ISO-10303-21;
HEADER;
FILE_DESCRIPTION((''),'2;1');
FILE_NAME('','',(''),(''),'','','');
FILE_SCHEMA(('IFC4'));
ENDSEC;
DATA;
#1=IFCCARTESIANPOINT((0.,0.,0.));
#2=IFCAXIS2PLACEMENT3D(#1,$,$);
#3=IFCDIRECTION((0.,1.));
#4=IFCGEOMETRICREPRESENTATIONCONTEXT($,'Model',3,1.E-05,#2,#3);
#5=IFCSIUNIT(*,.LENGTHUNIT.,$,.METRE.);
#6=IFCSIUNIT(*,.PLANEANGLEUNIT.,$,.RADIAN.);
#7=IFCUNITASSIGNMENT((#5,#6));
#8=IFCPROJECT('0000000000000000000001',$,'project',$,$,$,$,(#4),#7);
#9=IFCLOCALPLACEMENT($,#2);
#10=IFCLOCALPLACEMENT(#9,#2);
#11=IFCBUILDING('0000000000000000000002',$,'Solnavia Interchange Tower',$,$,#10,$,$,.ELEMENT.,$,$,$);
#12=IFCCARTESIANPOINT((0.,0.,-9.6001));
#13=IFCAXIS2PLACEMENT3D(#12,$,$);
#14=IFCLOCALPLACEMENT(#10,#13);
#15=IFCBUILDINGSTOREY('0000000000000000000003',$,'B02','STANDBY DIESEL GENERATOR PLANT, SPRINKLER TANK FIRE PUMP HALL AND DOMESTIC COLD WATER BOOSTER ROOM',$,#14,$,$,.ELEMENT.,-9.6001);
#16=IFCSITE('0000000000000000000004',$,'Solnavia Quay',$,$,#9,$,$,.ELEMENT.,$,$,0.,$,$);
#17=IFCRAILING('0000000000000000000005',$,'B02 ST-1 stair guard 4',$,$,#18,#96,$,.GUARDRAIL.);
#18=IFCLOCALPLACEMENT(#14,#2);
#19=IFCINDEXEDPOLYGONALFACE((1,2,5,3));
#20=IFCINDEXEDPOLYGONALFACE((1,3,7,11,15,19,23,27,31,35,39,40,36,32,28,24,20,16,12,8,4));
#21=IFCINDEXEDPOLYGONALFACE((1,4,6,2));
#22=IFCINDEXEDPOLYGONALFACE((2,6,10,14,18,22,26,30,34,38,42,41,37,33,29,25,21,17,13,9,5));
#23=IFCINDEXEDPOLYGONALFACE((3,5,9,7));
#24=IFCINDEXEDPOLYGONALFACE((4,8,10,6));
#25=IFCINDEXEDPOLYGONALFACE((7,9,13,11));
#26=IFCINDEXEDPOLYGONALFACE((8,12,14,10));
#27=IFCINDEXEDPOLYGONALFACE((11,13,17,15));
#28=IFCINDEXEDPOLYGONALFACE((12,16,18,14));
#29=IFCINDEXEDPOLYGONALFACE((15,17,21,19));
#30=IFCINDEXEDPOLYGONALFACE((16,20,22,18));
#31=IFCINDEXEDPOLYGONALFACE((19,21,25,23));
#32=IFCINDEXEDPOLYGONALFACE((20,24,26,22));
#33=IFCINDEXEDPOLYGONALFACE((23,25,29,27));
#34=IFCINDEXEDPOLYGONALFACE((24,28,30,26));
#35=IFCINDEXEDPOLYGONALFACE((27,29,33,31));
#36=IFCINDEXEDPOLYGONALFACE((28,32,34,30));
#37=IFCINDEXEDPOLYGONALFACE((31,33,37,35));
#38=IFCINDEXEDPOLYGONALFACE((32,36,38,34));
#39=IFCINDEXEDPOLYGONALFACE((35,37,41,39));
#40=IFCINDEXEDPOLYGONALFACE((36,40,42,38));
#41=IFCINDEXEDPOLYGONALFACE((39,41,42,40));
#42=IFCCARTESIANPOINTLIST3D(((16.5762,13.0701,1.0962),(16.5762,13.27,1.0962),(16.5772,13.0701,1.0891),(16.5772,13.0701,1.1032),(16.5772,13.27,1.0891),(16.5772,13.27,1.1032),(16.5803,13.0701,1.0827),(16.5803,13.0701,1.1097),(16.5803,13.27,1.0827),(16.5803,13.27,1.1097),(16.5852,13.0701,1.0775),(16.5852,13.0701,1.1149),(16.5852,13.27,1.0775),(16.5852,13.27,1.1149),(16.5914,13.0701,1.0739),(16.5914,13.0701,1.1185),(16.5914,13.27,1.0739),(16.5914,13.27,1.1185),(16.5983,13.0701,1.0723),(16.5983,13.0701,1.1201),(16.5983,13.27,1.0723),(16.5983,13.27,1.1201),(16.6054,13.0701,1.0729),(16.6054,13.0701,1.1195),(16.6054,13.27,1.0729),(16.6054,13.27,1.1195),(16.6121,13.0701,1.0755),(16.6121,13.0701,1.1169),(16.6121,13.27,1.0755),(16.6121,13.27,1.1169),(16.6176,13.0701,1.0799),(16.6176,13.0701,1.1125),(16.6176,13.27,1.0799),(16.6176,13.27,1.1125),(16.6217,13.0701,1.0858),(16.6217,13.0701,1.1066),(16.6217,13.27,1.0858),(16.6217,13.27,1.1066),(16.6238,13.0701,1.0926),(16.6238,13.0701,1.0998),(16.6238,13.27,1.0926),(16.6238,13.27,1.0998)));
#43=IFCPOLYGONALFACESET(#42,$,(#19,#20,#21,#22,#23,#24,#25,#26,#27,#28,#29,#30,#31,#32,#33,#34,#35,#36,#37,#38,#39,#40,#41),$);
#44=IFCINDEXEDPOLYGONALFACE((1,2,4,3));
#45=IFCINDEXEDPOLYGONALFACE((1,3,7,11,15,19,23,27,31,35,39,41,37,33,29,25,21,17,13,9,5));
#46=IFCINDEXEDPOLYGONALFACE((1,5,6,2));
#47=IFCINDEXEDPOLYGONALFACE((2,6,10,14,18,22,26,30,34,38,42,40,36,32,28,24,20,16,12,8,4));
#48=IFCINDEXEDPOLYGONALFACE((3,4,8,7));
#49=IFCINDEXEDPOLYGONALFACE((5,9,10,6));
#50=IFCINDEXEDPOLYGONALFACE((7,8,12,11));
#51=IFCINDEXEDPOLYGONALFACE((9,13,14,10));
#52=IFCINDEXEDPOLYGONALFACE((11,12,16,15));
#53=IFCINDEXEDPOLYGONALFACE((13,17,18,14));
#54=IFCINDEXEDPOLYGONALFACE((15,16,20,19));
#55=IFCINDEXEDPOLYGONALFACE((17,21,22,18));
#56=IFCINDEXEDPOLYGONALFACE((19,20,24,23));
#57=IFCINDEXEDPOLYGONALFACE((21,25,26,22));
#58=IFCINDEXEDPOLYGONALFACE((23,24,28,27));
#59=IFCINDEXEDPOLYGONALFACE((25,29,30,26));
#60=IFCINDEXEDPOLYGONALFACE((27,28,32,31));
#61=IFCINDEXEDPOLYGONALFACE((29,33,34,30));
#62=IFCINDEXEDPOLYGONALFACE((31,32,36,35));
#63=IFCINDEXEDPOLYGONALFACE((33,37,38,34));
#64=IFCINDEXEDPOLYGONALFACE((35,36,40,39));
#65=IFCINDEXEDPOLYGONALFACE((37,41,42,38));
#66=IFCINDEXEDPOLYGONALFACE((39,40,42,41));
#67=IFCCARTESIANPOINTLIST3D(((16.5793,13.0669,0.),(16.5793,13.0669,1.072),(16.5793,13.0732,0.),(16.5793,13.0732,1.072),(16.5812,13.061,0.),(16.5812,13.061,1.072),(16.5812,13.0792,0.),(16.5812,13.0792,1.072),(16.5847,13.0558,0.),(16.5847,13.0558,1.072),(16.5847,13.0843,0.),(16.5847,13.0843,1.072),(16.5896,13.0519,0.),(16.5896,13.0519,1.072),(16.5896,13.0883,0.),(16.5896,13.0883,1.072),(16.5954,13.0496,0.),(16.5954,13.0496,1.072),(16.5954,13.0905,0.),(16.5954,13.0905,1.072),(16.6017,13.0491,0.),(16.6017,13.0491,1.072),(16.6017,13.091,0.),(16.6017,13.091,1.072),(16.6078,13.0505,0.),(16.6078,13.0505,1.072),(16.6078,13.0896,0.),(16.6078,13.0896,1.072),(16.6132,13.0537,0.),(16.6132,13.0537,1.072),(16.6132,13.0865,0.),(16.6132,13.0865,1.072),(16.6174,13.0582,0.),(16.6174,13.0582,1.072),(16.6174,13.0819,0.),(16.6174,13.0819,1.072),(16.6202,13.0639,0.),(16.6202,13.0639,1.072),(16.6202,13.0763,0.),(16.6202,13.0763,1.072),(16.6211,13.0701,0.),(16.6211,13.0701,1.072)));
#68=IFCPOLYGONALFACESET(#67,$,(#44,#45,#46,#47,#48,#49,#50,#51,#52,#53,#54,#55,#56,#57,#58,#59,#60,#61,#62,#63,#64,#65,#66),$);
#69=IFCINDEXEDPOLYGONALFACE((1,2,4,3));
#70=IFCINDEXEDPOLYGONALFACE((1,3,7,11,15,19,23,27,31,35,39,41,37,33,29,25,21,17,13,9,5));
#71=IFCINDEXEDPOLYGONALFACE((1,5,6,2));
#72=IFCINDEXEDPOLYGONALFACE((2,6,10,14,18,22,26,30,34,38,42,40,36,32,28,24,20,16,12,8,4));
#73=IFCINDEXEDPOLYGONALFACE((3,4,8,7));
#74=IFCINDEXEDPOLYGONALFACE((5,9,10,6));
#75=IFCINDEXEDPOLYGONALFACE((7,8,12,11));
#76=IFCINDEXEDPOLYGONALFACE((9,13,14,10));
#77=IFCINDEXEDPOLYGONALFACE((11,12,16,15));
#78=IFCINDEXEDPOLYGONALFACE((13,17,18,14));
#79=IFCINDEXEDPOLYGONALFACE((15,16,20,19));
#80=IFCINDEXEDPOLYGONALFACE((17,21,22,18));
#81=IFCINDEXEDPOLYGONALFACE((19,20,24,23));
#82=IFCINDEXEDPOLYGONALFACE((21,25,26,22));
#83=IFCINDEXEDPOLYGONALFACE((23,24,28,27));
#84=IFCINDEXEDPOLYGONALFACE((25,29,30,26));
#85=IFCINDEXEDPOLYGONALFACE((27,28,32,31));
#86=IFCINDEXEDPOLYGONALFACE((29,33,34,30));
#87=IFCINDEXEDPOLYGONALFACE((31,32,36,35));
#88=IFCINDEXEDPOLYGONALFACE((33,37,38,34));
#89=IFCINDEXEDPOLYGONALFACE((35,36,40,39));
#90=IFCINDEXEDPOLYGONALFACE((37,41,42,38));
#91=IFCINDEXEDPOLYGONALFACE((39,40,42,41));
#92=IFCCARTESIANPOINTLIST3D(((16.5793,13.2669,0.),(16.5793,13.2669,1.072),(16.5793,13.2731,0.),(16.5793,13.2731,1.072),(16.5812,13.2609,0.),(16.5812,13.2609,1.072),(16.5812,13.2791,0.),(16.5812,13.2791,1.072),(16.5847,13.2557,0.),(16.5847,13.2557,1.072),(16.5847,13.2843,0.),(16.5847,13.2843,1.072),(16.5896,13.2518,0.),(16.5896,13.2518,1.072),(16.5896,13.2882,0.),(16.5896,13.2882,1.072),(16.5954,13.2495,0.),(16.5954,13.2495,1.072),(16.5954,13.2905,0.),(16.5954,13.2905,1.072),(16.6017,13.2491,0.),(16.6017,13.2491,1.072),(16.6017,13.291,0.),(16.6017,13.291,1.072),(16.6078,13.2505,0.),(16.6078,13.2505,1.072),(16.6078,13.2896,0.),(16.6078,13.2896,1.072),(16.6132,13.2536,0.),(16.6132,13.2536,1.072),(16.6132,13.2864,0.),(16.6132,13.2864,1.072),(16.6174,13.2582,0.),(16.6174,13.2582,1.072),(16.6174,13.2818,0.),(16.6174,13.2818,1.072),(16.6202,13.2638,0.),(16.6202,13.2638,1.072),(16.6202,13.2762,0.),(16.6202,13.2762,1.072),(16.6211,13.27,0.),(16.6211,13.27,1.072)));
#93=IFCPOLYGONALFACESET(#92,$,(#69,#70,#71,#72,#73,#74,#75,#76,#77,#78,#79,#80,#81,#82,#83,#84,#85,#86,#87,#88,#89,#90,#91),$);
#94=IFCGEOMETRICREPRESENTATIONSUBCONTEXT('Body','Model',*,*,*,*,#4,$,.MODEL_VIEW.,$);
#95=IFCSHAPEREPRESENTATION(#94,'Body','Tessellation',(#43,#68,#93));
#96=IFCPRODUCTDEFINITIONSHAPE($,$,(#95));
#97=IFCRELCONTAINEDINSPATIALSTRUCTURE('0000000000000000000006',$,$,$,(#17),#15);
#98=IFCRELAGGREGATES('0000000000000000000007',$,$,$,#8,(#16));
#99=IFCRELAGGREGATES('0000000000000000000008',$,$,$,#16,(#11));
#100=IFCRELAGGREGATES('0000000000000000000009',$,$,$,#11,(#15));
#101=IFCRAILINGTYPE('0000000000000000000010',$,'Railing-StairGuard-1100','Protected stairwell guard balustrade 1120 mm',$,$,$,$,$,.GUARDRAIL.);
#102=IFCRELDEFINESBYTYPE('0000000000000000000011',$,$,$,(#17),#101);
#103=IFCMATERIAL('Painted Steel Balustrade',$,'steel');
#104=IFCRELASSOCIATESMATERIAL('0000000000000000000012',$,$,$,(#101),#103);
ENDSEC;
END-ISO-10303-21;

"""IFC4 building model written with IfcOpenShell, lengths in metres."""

from ifc_helpers import new_model, si_unit, direction, frame, origin, origin_2d, place, context, subcontext, project, spatial, circle, extrude, material, type_object, element, save


model = new_model("IFC4")

# Units and contexts
model_context = context("Model", 3, precision=1e-05, world=origin(), true_north=direction((0.0, 1.0)))
body_context = subcontext(model_context, "Body", "Model", "MODEL_VIEW")
ifc_project = project(units=[si_unit("LENGTHUNIT", "METRE"), si_unit("PLANEANGLEUNIT", "RADIAN")], contexts=[model_context])

# Site, building, storey
site_placement = place(None, origin())
site = spatial("IfcSite", under=ifc_project, at=site_placement, Name="Solnavia Quay", CompositionType="ELEMENT", RefElevation=0.0)
building_placement = place(site_placement, origin())
building = spatial("IfcBuilding", under=site, at=building_placement, Name="Solnavia Interchange Tower", CompositionType="ELEMENT")
storey_placement = place(building_placement, frame((0.0, 0.0, -9.6001)))
storey = spatial("IfcBuildingStorey", under=building, at=storey_placement, Name="B02", Description="STANDBY DIESEL GENERATOR PLANT, SPRINKLER TANK FIRE PUMP HALL AND DOMESTIC COLD WATER BOOSTER ROOM", CompositionType="ELEMENT", Elevation=-9.6001)

# Railing
ifc_material_1 = material(Name="Painted Steel Balustrade", Category="steel")
railing_type_1 = type_object("IfcRailingType", Name="Railing-StairGuard-1100", Description="Protected stairwell guard balustrade 1120 mm", PredefinedType="GUARDRAIL", material=ifc_material_1)
railing_1_placement = place(storey_placement, frame((16.6001, 13.0701, 0.0)))
element("IfcRailing", 1, at=railing_1_placement, inside=storey, type_object=railing_type_1, Name="B02 ST-1 stair guard 4", PredefinedType="GUARDRAIL", context=body_context, shape_type="SweptSolid", body=[
    extrude(circle(Radius=0.0239, at=origin_2d()), frame((0.0, 0.0, 1.0962), z_axis=(0.0, 1.0, 0.0), x_axis=(-1.0, 0.0, 0.0)), (0.0, 0.0, 1.0), 0.2),
    extrude(circle(Radius=0.021, at=origin_2d()), origin(), (0.0, 0.0, 1.0), 1.072),
    extrude(circle(Radius=0.021, at=origin_2d()), frame((0.0, 0.2, 0.0)), (0.0, 0.0, 1.0), 1.072),
])

save(model, "model.ifc")
